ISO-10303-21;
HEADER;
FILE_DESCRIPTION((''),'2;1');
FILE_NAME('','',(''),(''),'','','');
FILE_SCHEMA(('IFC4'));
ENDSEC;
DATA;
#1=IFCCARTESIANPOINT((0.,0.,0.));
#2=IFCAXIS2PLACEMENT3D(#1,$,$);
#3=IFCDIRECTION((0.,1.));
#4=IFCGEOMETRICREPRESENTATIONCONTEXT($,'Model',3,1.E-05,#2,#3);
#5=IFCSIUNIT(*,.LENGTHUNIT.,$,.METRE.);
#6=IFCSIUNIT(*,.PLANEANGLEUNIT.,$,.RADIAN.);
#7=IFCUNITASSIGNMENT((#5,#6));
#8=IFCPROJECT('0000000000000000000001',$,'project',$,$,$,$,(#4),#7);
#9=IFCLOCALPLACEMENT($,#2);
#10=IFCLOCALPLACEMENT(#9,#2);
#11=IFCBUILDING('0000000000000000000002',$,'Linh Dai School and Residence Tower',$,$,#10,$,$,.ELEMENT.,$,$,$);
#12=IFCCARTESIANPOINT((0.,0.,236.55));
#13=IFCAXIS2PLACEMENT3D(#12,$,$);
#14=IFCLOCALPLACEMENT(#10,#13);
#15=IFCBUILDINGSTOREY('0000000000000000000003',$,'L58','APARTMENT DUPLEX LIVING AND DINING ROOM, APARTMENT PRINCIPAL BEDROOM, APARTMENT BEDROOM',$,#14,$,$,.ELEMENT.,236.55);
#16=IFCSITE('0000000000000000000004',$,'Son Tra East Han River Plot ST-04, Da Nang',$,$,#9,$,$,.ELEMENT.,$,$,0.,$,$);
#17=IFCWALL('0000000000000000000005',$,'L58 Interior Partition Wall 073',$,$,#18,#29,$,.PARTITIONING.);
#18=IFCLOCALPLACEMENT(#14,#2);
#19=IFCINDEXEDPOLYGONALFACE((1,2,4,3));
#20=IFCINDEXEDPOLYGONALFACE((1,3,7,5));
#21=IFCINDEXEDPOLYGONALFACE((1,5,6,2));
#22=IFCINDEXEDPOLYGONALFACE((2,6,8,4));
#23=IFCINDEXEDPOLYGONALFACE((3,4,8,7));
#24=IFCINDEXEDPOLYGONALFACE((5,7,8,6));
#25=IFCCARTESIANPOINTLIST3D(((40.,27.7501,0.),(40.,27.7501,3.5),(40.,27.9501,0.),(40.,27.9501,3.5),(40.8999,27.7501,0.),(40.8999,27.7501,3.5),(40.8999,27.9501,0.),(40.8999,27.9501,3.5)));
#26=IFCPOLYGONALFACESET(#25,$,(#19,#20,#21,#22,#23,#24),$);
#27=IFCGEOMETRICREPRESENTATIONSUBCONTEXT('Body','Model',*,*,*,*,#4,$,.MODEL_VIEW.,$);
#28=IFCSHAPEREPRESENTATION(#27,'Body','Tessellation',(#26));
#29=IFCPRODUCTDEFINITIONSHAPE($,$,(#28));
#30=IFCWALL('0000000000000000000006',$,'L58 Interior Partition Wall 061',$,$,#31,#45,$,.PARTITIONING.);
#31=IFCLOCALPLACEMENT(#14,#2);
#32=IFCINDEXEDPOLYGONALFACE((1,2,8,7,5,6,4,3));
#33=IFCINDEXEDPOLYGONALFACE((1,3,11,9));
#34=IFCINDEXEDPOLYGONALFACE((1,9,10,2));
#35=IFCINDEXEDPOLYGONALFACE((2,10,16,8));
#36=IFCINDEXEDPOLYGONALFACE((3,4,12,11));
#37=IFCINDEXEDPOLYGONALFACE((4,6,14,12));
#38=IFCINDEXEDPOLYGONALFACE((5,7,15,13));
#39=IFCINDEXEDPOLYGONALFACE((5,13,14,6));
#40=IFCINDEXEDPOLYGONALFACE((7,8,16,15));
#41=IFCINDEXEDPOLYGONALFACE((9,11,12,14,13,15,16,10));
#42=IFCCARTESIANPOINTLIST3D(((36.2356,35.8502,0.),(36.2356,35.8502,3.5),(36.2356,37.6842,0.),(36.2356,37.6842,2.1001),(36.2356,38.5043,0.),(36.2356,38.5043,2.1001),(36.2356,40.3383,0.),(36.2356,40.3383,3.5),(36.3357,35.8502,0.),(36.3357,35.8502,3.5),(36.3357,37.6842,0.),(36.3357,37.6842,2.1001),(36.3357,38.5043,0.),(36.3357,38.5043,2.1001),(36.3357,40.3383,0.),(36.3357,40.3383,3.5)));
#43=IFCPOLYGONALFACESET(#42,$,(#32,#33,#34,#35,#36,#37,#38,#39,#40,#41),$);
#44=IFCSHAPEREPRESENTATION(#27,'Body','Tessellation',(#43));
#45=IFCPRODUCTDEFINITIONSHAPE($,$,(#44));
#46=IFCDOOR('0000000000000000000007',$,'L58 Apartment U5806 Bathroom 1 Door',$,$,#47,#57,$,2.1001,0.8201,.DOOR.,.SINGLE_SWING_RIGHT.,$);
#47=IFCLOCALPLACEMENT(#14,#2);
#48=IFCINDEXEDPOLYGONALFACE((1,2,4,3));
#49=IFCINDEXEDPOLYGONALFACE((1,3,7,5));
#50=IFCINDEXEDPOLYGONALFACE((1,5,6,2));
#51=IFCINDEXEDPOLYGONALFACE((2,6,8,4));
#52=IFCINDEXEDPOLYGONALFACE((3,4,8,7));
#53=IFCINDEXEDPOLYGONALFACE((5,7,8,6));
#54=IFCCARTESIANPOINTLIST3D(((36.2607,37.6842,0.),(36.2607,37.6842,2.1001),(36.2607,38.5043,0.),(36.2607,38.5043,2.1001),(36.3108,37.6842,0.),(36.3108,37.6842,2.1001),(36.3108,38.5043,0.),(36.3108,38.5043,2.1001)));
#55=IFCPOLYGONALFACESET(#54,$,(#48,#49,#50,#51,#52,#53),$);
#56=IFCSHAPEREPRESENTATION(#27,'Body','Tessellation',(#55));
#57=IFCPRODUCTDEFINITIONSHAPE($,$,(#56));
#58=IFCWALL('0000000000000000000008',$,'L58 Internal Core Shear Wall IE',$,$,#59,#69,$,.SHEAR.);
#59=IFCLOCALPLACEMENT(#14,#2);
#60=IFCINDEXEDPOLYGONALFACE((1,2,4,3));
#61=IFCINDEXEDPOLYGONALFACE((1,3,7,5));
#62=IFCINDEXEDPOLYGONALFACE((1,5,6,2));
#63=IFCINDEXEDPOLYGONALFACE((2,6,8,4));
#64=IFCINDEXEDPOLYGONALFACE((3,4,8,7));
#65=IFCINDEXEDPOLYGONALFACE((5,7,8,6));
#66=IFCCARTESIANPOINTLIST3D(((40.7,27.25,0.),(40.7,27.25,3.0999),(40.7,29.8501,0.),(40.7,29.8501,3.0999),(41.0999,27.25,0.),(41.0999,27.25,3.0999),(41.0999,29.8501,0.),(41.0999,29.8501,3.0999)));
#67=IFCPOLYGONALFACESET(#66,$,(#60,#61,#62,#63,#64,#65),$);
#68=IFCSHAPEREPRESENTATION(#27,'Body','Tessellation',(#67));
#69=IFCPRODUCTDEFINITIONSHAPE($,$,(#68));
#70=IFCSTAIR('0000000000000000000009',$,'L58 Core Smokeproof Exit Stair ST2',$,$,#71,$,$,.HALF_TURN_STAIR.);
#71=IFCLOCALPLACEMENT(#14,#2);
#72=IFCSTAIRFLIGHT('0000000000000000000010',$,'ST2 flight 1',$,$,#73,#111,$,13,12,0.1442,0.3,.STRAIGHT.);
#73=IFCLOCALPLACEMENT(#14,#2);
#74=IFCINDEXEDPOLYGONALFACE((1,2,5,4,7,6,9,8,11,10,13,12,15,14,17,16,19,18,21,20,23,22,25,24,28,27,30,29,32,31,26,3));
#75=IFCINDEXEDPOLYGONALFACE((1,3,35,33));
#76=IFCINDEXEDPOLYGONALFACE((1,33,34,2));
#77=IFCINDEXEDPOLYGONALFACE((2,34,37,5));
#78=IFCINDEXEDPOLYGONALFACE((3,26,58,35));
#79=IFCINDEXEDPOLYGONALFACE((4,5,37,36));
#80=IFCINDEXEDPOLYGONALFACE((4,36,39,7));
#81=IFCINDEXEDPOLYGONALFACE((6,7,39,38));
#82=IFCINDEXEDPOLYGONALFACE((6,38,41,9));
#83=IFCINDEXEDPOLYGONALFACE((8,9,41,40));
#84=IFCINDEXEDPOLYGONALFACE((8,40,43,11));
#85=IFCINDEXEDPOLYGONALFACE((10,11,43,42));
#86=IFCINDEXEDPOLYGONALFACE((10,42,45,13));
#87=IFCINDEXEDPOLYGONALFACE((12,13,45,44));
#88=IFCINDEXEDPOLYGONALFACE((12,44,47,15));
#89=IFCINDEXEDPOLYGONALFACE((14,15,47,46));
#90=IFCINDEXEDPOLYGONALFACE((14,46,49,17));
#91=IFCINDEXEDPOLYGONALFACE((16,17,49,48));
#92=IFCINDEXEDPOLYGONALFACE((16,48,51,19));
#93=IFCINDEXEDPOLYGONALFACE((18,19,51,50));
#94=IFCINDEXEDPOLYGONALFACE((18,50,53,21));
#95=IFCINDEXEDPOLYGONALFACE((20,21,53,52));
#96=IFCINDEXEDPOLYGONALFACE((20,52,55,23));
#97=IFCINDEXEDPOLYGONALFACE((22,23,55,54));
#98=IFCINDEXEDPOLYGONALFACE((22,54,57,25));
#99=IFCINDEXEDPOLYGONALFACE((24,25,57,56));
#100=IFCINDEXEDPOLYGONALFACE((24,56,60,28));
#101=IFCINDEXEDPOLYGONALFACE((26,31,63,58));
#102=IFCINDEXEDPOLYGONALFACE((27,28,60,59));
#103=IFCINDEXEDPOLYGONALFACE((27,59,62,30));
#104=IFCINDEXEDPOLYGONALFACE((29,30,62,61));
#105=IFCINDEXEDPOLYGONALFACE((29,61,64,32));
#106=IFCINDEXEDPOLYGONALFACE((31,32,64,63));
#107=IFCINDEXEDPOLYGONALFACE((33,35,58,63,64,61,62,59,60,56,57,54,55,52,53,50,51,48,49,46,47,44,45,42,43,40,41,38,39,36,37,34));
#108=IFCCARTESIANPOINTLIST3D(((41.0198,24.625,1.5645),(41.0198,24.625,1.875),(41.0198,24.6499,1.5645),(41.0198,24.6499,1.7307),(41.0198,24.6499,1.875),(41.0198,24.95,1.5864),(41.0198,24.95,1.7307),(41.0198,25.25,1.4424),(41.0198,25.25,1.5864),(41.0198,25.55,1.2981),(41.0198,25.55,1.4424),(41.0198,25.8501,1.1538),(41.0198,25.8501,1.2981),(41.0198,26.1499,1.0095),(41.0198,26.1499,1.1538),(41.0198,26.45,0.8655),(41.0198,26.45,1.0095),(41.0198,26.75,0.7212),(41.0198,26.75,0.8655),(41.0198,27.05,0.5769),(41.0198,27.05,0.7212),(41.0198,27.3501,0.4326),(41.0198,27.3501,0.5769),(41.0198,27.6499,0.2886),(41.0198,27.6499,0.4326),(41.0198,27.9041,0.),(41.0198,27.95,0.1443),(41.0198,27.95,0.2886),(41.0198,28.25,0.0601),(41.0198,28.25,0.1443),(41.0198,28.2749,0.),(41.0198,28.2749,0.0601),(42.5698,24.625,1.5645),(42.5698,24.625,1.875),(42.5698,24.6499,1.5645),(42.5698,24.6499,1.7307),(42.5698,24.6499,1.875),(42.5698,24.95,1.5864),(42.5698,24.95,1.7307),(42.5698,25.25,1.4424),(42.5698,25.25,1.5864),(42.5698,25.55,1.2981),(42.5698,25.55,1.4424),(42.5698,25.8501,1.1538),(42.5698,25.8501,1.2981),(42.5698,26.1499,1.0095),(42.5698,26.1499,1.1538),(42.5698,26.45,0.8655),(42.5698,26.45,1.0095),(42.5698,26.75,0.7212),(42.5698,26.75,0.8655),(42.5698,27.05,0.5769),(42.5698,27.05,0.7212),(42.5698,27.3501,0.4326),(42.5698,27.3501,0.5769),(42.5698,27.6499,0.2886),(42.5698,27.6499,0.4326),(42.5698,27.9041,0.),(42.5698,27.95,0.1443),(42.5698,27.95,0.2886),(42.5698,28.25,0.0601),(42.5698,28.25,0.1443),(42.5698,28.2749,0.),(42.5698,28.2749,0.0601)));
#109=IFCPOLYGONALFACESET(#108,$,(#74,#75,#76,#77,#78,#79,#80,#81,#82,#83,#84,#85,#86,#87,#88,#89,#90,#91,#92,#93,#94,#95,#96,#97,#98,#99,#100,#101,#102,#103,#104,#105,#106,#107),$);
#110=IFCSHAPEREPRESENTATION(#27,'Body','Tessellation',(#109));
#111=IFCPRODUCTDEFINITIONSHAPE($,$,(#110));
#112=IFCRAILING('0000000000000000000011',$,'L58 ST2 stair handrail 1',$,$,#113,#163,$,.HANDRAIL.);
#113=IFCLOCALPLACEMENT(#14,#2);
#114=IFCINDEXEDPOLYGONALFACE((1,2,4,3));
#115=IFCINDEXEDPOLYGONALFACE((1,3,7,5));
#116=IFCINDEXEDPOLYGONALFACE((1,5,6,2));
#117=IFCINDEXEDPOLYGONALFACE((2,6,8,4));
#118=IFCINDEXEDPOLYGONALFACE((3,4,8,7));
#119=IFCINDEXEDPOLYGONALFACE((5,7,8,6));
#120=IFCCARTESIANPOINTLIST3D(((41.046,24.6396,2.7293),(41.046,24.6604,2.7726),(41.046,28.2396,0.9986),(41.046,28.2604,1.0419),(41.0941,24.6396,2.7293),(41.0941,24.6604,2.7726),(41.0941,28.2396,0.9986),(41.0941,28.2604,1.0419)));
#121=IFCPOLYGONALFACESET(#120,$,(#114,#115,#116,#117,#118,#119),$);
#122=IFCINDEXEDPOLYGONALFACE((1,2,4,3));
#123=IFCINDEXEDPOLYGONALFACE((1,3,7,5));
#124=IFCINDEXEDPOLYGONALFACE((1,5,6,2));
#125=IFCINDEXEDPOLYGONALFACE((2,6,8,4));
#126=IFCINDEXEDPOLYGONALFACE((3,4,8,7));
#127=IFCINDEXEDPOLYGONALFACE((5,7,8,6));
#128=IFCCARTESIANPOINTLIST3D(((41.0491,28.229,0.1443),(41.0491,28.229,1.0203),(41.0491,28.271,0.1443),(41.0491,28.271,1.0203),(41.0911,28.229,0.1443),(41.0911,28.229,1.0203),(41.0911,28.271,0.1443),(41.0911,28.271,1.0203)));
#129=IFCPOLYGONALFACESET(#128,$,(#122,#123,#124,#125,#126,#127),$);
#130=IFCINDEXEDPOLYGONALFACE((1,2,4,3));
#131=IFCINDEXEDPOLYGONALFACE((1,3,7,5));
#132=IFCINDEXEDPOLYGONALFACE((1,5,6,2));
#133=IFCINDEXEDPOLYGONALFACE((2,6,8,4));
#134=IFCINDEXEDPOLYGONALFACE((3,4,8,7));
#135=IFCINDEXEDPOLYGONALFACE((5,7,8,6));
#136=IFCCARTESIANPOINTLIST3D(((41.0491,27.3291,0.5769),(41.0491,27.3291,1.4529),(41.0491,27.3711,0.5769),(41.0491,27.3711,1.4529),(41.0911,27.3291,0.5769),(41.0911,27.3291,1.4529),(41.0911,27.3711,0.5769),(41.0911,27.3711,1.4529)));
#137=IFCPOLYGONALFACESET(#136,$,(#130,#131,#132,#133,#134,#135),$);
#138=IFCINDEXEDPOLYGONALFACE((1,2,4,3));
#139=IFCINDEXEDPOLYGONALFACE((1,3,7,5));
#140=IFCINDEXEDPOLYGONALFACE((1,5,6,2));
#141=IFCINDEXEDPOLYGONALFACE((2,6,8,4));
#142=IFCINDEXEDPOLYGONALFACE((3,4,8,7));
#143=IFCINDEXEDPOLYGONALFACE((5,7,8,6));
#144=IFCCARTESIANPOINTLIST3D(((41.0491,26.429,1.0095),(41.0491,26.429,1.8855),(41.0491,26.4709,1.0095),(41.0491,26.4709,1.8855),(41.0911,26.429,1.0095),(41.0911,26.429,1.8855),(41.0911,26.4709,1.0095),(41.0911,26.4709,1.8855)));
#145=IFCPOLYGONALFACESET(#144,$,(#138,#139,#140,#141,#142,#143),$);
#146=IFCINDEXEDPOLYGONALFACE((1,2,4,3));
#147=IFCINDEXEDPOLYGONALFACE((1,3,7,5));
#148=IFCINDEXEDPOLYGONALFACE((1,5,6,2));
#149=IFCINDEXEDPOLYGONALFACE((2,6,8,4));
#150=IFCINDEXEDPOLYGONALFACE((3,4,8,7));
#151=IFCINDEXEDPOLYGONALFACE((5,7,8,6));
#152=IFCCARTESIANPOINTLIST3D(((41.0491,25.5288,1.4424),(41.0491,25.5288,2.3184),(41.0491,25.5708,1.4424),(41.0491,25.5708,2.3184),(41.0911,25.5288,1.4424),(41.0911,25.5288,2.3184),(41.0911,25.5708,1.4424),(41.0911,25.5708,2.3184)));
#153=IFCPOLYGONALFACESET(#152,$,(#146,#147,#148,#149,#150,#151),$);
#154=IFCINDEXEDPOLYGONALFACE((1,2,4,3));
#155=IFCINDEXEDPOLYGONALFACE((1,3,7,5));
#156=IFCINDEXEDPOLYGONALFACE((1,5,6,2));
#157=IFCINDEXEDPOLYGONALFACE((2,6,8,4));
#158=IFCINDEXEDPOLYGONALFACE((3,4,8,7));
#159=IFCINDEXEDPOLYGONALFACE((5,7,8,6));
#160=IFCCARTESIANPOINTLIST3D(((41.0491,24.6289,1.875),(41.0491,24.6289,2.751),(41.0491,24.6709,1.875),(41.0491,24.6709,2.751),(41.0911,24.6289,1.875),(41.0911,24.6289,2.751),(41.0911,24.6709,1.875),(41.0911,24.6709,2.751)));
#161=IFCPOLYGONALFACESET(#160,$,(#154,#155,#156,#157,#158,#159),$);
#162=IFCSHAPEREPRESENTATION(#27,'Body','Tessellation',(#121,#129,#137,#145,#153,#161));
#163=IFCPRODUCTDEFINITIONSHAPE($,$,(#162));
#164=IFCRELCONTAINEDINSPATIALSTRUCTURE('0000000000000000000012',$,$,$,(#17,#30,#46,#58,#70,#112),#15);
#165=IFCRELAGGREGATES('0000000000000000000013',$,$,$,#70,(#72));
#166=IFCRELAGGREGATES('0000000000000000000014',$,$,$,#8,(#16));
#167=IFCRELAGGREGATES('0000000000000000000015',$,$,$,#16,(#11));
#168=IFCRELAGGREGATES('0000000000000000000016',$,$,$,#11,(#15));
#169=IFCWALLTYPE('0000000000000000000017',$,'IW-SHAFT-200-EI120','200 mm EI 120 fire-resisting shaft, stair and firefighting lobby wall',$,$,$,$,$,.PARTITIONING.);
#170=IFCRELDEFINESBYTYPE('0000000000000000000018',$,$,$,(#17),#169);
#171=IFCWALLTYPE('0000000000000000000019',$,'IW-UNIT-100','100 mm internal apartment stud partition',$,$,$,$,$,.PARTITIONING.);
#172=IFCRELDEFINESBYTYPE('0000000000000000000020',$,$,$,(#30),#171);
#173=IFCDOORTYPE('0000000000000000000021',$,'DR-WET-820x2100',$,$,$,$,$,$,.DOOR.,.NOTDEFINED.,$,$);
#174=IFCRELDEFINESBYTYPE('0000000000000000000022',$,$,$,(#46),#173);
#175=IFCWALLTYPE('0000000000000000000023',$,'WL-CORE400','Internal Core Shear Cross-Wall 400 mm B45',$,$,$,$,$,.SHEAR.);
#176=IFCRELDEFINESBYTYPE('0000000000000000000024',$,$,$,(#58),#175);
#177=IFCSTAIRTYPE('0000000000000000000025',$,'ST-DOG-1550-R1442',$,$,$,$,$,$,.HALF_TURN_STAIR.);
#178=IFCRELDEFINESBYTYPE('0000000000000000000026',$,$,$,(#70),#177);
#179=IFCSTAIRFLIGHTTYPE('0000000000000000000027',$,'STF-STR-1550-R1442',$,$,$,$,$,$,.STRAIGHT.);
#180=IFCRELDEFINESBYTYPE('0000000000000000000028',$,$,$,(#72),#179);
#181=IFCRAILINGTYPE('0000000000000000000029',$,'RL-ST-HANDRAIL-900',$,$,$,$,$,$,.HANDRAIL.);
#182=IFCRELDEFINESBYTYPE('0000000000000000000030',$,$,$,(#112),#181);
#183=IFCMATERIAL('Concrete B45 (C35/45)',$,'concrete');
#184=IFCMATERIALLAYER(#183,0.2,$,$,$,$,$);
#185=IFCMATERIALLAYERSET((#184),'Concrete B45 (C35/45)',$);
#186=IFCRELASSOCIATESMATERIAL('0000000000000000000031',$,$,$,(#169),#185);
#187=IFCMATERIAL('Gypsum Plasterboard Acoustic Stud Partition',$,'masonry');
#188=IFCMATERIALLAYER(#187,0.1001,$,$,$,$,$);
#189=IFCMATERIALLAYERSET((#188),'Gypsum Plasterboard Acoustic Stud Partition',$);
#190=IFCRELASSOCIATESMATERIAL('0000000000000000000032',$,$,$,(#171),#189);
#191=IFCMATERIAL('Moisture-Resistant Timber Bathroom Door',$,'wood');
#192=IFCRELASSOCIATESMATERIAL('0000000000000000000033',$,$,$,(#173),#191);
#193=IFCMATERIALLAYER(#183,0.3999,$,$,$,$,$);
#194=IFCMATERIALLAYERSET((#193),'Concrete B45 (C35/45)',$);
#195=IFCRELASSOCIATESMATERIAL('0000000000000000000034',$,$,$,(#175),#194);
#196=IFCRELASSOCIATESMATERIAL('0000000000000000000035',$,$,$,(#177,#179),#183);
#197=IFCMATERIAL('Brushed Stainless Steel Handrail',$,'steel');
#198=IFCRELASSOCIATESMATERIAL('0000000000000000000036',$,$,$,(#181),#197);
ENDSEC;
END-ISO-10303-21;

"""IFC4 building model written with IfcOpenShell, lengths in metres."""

from ifc_helpers import new_model, si_unit, direction, frame, frame_2d, origin, origin_2d, place, context, subcontext, project, spatial, polyline, rectangle, outline, extrude, source, transform, mapped, material, layer, layer_set, type_object, element, fill, aggregate, save


model = new_model("IFC4")

# Units and contexts
model_context = context("Model", 3, precision=1e-05, world=origin(), true_north=direction((0.0, 1.0)))
body_context = subcontext(model_context, "Body", "Model", "MODEL_VIEW")
ifc_project = project(units=[si_unit("LENGTHUNIT", "METRE"), si_unit("PLANEANGLEUNIT", "RADIAN")], contexts=[model_context])

# Site, building, storey
site_placement = place(None, origin())
site = spatial("IfcSite", under=ifc_project, at=site_placement, Name="Son Tra East Han River Plot ST-04, Da Nang", CompositionType="ELEMENT", RefElevation=0.0)
building_placement = place(site_placement, origin())
building = spatial("IfcBuilding", under=site, at=building_placement, Name="Linh Dai School and Residence Tower", CompositionType="ELEMENT")
storey_placement = place(building_placement, frame((0.0, 0.0, 236.55)))
storey = spatial("IfcBuildingStorey", under=building, at=storey_placement, Name="L58", Description="APARTMENT DUPLEX LIVING AND DINING ROOM, APARTMENT PRINCIPAL BEDROOM, APARTMENT BEDROOM", CompositionType="ELEMENT", Elevation=236.55)

# Shared definitions
ifc_material_1 = material(Name="Concrete B45 (C35/45)", Category="concrete")
ifc_layer_1 = layer(ifc_material_1, 0.2)
ifc_layer_set_1 = layer_set([ifc_layer_1], Name="Concrete B45 (C35/45)")
wall_type_1 = type_object("IfcWallType", Name="IW-SHAFT-200-EI120", Description="200 mm EI 120 fire-resisting shaft, stair and firefighting lobby wall", PredefinedType="PARTITIONING", material=ifc_layer_set_1)

# Wall
wall_1_placement = place(storey_placement, frame((40.0, 27.8501, 0.0), z_axis=(0.0, 0.0, 1.0), x_axis=(1.0, 0.0, 0.0)))
element("IfcWall", 1, at=wall_1_placement, inside=storey, type_object=wall_type_1, Name="L58 Interior Partition Wall 073", PredefinedType="PARTITIONING", context=body_context, shape_type="SweptSolid", body=[
    extrude(rectangle(XDim=0.8999, YDim=0.2, at=frame_2d((0.45, 0.0))), origin(), (0.0, 0.0, 1.0), 3.5),
])

# Wall, opening, door
ifc_material_2 = material(Name="Gypsum Plasterboard Acoustic Stud Partition", Category="masonry")
ifc_layer_2 = layer(ifc_material_2, 0.1001)
ifc_layer_set_2 = layer_set([ifc_layer_2], Name="Gypsum Plasterboard Acoustic Stud Partition")
wall_type_2 = type_object("IfcWallType", Name="IW-UNIT-100", Description="100 mm internal apartment stud partition", PredefinedType="PARTITIONING", material=ifc_layer_set_2)
wall_2_placement = place(storey_placement, frame((36.2856, 35.8501, 0.0), z_axis=(0.0, 0.0, 1.0), x_axis=(0.0, 1.0, 0.0)))
wall_2 = element("IfcWall", 2, at=wall_2_placement, inside=storey, type_object=wall_type_2, Name="L58 Interior Partition Wall 061", PredefinedType="PARTITIONING", context=body_context, shape_type="SweptSolid", body=[
    extrude(rectangle(XDim=4.488, YDim=0.1001, at=frame_2d((2.2441, 0.0))), origin(), (0.0, 0.0, 1.0), 3.5),
])
opening_1_placement = place(wall_2_placement, frame((1.834, 0.0, 0.0)))
opening_1 = element("IfcOpeningElement", 3, at=opening_1_placement, cuts=wall_2, PredefinedType="OPENING", context=body_context, shape_type="SweptSolid", body=[
    extrude(rectangle(XDim=0.8201, YDim=2.1001, at=origin_2d()), frame((0.4102, 0.0601, 1.05), z_axis=(0.0, -1.0, 0.0), x_axis=(1.0, 0.0, 0.0)), (0.0, 0.0, 1.0), 0.1201),
])
ifc_material_3 = material(Name="Moisture-Resistant Timber Bathroom Door", Category="wood")
door_type_1 = type_object("IfcDoorType", Name="DR-WET-820x2100", OperationType="NOTDEFINED", PredefinedType="DOOR", material=ifc_material_3)
shared_shape_1 = source(origin(), body_context, "Body", "SweptSolid", [
    extrude(rectangle(XDim=0.8201, YDim=2.1001, at=origin_2d()), frame((0.4102, 0.0249, 1.05), z_axis=(0.0, -1.0, 0.0), x_axis=(1.0, 0.0, 0.0)), (0.0, 0.0, 1.0), 0.05),
])
door_1_placement = place(opening_1_placement, origin())
door_1 = element("IfcDoor", 4, at=door_1_placement, inside=storey, type_object=door_type_1, Name="L58 Apartment U5806 Bathroom 1 Door", OperationType="SINGLE_SWING_RIGHT", OverallHeight=2.1001, OverallWidth=0.8201, PredefinedType="DOOR", context=body_context, shape_type="MappedRepresentation", body=[
    mapped(shared_shape_1, transform((0.0, 0.0, 0.0), x_axis=(1.0, 0.0, 0.0), y_axis=(0.0, 1.0, 0.0), z_axis=(0.0, 0.0, 1.0), scale=1.0)),
])
fill(opening_1, door_1)

# Wall
ifc_layer_3 = layer(ifc_material_1, 0.3999)
ifc_layer_set_3 = layer_set([ifc_layer_3], Name="Concrete B45 (C35/45)")
wall_type_3 = type_object("IfcWallType", Name="WL-CORE400", Description="Internal Core Shear Cross-Wall 400 mm B45", PredefinedType="SHEAR", material=ifc_layer_set_3)
wall_3_placement = place(storey_placement, frame((40.8999, 27.25, 0.0), z_axis=(0.0, 0.0, 1.0), x_axis=(0.0, 1.0, 0.0)))
element("IfcWall", 5, at=wall_3_placement, inside=storey, type_object=wall_type_3, Name="L58 Internal Core Shear Wall IE", PredefinedType="SHEAR", context=body_context, shape_type="SweptSolid", body=[
    extrude(rectangle(XDim=2.6001, YDim=0.3999, at=frame_2d((1.3, 0.0))), origin(), (0.0, 0.0, 1.0), 3.0999),
])

# Stair, stair flight
stair_type = type_object("IfcStairType", Name="ST-DOG-1550-R1442", PredefinedType="HALF_TURN_STAIR", material=ifc_material_1)
stair_placement = place(storey_placement, origin())
stair = element("IfcStair", 6, at=stair_placement, inside=storey, type_object=stair_type, Name="L58 Core Smokeproof Exit Stair ST2", PredefinedType="HALF_TURN_STAIR")
stair_flight_type = type_object("IfcStairFlightType", Name="STF-STR-1550-R1442", PredefinedType="STRAIGHT", material=ifc_material_1)
shared_shape_2 = source(origin(), body_context, "Body", "SweptSolid", [
    extrude(outline(polyline([(-0.0249, 0.0), (-0.0249, 0.0601), (0.0, 0.0601), (0.0, 0.1443), (0.3, 0.1443), (0.3, 0.2886), (0.6001, 0.2886), (0.6001, 0.4326), (0.8999, 0.4326), (0.8999, 0.5769), (1.2, 0.5769), (1.2, 0.7212), (1.5, 0.7212), (1.5, 0.8655), (1.8, 0.8655), (1.8, 1.0095), (2.1001, 1.0095), (2.1001, 1.1538), (2.3999, 1.1538), (2.3999, 1.2981), (2.7, 1.2981), (2.7, 1.4424), (3.0, 1.4424), (3.0, 1.5864), (3.3, 1.5864), (3.3, 1.7307), (3.6001, 1.7307), (3.6001, 1.875), (3.625, 1.875), (3.625, 1.5645), (3.6001, 1.5645), (0.3459, 0.0), (-0.0249, 0.0)])), frame((0.0, 0.7749, 0.0), z_axis=(0.0, -1.0, 0.0), x_axis=(1.0, 0.0, 0.0)), (0.0, 0.0, 1.0), 1.55),
])
stair_flight_placement = place(storey_placement, frame((41.7949, 28.25, 0.0), z_axis=(0.0, 0.0, 1.0), x_axis=(0.0, -1.0, 0.0)))
stair_flight = element("IfcStairFlight", 7, at=stair_flight_placement, type_object=stair_flight_type, Name="ST2 flight 1", NumberOfRisers=13, NumberOfTreads=12, PredefinedType="STRAIGHT", RiserHeight=0.1442, TreadLength=0.3, context=body_context, shape_type="MappedRepresentation", body=[
    mapped(shared_shape_2, transform((0.0, 0.0, 0.0), x_axis=(1.0, 0.0, 0.0), y_axis=(0.0, 1.0, 0.0), z_axis=(0.0, 0.0, 1.0), scale=1.0)),
])
aggregate(stair, [stair_flight])

# Railing
ifc_material_4 = material(Name="Brushed Stainless Steel Handrail", Category="steel")
railing_type_1 = type_object("IfcRailingType", Name="RL-ST-HANDRAIL-900", PredefinedType="HANDRAIL", material=ifc_material_4)
shared_shape_3 = source(origin(), body_context, "Body", "SweptSolid", [
    extrude(rectangle(XDim=0.0481, YDim=0.0481, at=origin_2d()), frame((0.0, 0.0, 0.876), z_axis=(0.0, -0.901263, 0.433273), x_axis=(1.0, 0.0, 0.0)), (0.0, 0.0, 1.0), 3.9944),
    extrude(rectangle(XDim=0.042, YDim=0.042, at=origin_2d()), origin(), (0.0, 0.0, 1.0), 0.876),
    extrude(rectangle(XDim=0.042, YDim=0.042, at=origin_2d()), frame((0.0, -0.8999, 0.4326)), (0.0, 0.0, 1.0), 0.876),
    extrude(rectangle(XDim=0.042, YDim=0.042, at=origin_2d()), frame((0.0, -1.8, 0.8652)), (0.0, 0.0, 1.0), 0.876),
    extrude(rectangle(XDim=0.042, YDim=0.042, at=origin_2d()), frame((0.0, -2.7002, 1.2981)), (0.0, 0.0, 1.0), 0.876),
    extrude(rectangle(XDim=0.042, YDim=0.042, at=origin_2d()), frame((0.0, -3.6001, 1.7307)), (0.0, 0.0, 1.0), 0.876),
])
railing_1_placement = place(storey_placement, frame((41.0701, 28.25, 0.1443)))
element("IfcRailing", 8, at=railing_1_placement, inside=storey, type_object=railing_type_1, Name="L58 ST2 stair handrail 1", PredefinedType="HANDRAIL", context=body_context, shape_type="MappedRepresentation", body=[
    mapped(shared_shape_3, transform((0.0, 0.0, 0.0), x_axis=(1.0, 0.0, 0.0), y_axis=(0.0, 1.0, 0.0), z_axis=(0.0, 0.0, 1.0), scale=1.0)),
])

save(model, "model.ifc")
